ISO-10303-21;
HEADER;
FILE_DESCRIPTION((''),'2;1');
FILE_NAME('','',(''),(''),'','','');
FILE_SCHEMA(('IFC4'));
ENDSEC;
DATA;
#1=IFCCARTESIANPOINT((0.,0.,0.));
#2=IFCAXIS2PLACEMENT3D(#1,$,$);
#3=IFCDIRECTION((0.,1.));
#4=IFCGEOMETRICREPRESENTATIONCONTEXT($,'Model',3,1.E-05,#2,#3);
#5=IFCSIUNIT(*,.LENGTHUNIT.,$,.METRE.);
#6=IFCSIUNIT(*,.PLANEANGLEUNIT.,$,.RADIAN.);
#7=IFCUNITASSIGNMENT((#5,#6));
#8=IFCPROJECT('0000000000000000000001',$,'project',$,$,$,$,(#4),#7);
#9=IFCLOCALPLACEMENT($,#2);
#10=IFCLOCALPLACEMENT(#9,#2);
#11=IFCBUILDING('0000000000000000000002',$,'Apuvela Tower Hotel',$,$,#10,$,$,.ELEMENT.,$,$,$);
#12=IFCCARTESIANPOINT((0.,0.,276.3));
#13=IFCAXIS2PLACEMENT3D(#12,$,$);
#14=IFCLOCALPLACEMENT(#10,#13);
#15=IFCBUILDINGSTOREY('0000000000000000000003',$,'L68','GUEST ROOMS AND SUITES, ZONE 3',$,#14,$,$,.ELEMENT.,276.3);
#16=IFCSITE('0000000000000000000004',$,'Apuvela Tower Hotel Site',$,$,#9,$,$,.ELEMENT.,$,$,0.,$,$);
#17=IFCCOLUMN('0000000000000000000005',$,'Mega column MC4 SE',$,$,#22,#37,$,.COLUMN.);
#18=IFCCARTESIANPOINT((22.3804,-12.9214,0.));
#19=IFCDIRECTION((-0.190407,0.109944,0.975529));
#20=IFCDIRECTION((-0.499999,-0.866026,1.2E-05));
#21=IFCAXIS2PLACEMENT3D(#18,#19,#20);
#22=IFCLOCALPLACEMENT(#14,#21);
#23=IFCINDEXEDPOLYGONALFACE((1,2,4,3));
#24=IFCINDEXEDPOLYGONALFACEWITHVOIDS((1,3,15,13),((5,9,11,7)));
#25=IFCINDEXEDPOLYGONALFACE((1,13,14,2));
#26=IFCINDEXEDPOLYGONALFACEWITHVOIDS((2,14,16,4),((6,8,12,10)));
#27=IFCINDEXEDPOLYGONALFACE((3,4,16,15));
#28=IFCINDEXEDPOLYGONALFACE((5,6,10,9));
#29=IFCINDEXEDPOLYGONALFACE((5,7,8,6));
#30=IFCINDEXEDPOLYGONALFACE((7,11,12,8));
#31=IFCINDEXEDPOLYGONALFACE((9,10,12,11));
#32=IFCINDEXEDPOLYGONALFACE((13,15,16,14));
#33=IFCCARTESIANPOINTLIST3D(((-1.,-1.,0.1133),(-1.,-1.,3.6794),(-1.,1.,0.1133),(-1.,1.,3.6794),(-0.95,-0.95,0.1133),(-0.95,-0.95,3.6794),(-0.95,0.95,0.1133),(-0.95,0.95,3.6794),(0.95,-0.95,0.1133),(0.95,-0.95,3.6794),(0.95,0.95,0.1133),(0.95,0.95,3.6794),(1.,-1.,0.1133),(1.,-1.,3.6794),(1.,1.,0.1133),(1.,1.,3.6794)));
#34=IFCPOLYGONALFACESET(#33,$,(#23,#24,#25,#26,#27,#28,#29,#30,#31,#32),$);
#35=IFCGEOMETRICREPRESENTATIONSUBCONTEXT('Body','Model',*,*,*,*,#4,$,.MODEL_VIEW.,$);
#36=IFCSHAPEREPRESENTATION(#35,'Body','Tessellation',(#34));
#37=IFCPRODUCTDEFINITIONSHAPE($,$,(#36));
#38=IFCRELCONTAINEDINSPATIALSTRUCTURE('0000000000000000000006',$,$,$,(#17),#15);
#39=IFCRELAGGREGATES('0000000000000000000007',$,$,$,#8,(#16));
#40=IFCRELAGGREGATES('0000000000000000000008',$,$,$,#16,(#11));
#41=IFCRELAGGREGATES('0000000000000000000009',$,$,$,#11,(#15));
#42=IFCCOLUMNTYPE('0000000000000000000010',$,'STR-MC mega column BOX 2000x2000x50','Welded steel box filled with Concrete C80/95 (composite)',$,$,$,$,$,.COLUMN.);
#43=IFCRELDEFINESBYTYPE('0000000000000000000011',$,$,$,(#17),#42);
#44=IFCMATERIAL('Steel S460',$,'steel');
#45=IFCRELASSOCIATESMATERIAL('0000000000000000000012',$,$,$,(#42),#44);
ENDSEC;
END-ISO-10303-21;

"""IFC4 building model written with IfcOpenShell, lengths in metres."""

from ifc_helpers import new_model, si_unit, direction, frame, origin, origin_2d, place, context, subcontext, project, spatial, rectangle, hollow_rectangle, extrude, boolean, halfspace, material, material_profile, profile_set, type_object, element, save


model = new_model("IFC4")

# Units and contexts
model_context = context("Model", 3, precision=1e-05, world=origin(), true_north=direction((0.0, 1.0)))
body_context = subcontext(model_context, "Body", "Model", "MODEL_VIEW")
ifc_project = project(units=[si_unit("LENGTHUNIT", "METRE"), si_unit("PLANEANGLEUNIT", "RADIAN")], contexts=[model_context])

# Site, building, storey
site_placement = place(None, origin())
site = spatial("IfcSite", under=ifc_project, at=site_placement, Name="Apuvela Tower Hotel Site", CompositionType="ELEMENT", RefElevation=0.0)
building_placement = place(site_placement, origin())
building = spatial("IfcBuilding", under=site, at=building_placement, Name="Apuvela Tower Hotel", CompositionType="ELEMENT")
storey_placement = place(building_placement, frame((0.0, 0.0, 276.3)))
storey = spatial("IfcBuildingStorey", under=building, at=storey_placement, Name="L68", Description="GUEST ROOMS AND SUITES, ZONE 3", CompositionType="ELEMENT", Elevation=276.3)

# Column
ifc_material_1 = material(Name="Steel S460", Category="steel")
ifc_material_profile_1 = material_profile(ifc_material_1, hollow_rectangle(XDim=2.0, YDim=2.0, WallThickness=0.05, at=origin_2d()), Name="BOX 2000x2000x50")
ifc_material_2 = material(Name="Concrete C80/95", Category="concrete")
ifc_material_profile_2 = material_profile(ifc_material_2, rectangle(XDim=1.8999, YDim=1.8999, at=origin_2d()), Name="Concrete C80/95 infill")
ifc_profile_set_1 = profile_set([ifc_material_profile_1, ifc_material_profile_2], Name="Steel S460")
column_type_1 = type_object("IfcColumnType", Name="STR-MC mega column BOX 2000x2000x50", Description="Welded steel box filled with Concrete C80/95 (composite)", PredefinedType="COLUMN", material=ifc_profile_set_1)
column_1_placement = place(storey_placement, frame((22.3804, -12.9214, 0.0), z_axis=(-0.190407, 0.109944, 0.975529), x_axis=(-0.499999, -0.866026, 0.000012)))
element("IfcColumn", 1, at=column_1_placement, inside=storey, type_object=column_type_1, Name="Mega column MC4 SE", PredefinedType="COLUMN", context=body_context, shape_type="SweptSolid", body=[
    boolean("DIFFERENCE", boolean("DIFFERENCE", extrude(hollow_rectangle(XDim=2.0, YDim=2.0, WallThickness=0.05, at=origin_2d()), origin(), (0.0, 0.0, 1.0), 3.7927), halfspace(frame((0.0, 0.0, 0.1133), z_axis=(0.0, 0.0, 1.0), x_axis=(1.0, 0.0, 0.0)), True)), halfspace(frame((0.0, 0.0, 3.6794), z_axis=(0.0, 0.0, 1.0), x_axis=(1.0, 0.0, 0.0)), False)),
])

save(model, "model.ifc")
